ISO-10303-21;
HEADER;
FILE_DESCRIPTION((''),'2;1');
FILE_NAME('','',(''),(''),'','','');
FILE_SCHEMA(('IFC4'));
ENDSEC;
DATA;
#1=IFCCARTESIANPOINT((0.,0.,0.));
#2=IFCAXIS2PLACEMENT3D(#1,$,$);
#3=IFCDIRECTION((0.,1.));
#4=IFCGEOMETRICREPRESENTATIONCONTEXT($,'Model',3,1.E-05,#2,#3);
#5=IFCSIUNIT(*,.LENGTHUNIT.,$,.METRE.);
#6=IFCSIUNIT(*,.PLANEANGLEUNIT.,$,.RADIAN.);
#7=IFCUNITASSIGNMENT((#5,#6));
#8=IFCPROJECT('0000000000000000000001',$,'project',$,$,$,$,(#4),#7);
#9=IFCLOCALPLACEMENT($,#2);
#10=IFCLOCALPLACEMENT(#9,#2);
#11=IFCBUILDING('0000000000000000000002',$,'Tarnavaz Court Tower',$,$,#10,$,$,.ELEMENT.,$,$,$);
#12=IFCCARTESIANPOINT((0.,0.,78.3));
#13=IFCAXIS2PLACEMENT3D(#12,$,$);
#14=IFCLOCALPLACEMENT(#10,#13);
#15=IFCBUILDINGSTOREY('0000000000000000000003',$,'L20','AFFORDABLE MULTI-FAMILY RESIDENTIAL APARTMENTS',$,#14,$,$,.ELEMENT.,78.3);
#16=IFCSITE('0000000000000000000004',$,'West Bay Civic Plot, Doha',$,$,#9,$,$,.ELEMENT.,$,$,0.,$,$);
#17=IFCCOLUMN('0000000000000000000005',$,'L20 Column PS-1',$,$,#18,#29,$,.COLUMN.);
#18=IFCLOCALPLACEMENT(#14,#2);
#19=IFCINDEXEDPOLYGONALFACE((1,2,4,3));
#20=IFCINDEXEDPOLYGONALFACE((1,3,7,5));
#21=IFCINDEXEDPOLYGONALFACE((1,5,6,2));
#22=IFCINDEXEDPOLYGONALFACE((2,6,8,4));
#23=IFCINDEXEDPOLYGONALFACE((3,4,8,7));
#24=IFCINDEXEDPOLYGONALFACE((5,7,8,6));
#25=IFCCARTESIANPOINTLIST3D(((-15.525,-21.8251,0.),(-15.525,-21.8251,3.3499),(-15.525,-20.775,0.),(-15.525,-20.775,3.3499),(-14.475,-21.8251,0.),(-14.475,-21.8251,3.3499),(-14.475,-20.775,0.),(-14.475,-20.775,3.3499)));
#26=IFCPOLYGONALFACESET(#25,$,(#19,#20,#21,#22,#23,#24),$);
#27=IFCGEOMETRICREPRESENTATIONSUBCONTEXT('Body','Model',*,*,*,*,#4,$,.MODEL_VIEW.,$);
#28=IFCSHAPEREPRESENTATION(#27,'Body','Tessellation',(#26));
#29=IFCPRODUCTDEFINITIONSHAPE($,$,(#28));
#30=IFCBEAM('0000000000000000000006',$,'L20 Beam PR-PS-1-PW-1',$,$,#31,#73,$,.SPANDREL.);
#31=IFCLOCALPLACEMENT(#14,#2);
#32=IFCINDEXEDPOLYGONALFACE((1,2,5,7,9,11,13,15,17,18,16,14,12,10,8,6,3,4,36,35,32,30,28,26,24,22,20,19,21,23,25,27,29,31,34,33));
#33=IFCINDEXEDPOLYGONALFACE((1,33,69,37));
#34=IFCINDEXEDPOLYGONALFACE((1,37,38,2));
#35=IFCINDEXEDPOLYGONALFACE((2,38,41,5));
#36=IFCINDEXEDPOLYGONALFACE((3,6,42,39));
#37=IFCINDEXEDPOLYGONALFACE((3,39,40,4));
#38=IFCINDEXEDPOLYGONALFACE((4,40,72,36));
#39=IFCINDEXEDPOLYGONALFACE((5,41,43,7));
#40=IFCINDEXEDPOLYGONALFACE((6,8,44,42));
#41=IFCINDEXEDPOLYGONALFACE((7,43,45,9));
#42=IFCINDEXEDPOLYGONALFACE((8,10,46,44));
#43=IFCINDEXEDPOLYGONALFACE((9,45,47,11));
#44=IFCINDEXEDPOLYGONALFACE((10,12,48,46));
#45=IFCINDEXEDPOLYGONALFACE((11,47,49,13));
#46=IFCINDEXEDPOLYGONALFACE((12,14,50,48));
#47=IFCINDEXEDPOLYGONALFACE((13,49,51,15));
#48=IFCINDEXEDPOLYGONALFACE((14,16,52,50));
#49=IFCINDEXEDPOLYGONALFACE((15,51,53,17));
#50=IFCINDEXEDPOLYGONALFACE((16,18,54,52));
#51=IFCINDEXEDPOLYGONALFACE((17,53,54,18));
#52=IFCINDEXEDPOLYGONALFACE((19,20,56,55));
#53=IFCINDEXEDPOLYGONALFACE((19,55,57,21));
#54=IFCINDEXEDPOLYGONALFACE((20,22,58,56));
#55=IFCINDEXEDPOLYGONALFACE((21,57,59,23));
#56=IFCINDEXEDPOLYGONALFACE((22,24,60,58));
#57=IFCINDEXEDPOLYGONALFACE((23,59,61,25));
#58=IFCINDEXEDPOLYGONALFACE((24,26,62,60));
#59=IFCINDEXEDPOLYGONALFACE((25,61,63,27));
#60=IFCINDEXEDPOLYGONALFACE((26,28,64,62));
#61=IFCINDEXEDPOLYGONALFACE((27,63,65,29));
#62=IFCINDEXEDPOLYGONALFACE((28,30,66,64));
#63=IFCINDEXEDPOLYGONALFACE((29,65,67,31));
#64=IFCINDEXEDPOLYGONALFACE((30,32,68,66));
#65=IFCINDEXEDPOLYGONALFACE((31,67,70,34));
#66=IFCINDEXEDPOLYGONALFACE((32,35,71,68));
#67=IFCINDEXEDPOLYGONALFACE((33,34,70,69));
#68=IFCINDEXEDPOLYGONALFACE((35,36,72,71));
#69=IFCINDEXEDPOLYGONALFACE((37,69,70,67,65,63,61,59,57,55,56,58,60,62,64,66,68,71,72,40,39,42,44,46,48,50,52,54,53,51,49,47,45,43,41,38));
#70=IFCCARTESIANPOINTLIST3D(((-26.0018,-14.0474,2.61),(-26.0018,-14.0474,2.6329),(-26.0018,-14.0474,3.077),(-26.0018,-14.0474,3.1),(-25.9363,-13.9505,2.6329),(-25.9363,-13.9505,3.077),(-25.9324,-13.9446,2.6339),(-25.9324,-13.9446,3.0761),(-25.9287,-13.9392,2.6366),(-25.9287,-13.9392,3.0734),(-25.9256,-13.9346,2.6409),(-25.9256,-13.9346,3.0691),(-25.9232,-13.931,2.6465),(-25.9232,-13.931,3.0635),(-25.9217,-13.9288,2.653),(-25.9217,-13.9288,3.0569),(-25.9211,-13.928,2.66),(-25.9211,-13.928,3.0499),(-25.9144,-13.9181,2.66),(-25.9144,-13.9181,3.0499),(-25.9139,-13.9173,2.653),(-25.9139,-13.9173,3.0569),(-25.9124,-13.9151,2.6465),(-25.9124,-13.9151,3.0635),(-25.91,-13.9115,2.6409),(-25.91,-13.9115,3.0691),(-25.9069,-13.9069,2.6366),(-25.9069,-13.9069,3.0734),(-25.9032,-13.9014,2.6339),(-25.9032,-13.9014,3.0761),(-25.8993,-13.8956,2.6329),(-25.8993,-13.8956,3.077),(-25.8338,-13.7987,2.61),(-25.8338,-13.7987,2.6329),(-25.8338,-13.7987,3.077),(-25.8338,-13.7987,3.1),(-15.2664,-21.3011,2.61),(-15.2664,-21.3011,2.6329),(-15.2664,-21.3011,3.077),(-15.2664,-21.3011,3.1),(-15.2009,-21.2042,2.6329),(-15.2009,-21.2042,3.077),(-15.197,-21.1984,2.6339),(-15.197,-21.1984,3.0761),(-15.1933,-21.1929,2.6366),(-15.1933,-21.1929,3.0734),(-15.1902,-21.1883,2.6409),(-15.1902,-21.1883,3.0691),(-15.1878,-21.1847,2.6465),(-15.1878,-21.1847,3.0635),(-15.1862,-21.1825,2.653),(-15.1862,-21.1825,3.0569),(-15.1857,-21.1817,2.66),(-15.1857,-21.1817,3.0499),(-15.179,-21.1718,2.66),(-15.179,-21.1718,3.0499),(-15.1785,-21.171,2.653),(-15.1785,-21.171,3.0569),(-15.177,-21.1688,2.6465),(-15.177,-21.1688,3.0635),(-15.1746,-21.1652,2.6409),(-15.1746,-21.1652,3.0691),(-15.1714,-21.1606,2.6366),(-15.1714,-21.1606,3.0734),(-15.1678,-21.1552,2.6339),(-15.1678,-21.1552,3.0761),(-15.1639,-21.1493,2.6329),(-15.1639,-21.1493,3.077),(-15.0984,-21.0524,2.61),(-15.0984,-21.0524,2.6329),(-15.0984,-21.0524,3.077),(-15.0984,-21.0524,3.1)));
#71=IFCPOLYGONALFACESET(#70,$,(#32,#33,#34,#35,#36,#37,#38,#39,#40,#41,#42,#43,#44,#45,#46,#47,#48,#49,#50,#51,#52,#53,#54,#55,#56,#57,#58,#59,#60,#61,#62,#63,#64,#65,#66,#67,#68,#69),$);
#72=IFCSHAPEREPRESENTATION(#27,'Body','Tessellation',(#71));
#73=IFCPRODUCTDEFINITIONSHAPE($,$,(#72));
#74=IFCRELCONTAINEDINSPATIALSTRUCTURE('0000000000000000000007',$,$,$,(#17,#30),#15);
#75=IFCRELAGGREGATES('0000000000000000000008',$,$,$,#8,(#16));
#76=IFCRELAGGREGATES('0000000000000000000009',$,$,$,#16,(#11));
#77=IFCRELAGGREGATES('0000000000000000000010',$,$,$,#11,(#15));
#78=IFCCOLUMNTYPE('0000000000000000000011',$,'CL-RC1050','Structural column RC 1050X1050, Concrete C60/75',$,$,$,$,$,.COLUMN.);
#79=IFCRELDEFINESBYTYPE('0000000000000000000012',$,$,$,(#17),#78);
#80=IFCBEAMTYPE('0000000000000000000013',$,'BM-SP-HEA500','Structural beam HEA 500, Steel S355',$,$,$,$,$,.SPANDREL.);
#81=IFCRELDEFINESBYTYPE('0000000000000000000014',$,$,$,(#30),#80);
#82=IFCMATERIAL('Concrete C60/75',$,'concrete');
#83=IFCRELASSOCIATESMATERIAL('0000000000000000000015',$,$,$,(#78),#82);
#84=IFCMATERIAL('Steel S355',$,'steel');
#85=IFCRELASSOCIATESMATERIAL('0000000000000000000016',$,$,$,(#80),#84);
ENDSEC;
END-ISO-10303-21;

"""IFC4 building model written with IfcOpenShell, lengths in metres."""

from ifc_helpers import new_model, si_unit, direction, frame, origin, origin_2d, place, context, subcontext, project, spatial, rectangle, i_section, extrude, material, material_profile, profile_set, type_object, element, save


model = new_model("IFC4")

# Units and contexts
model_context = context("Model", 3, precision=1e-05, world=origin(), true_north=direction((0.0, 1.0)))
body_context = subcontext(model_context, "Body", "Model", "MODEL_VIEW")
ifc_project = project(units=[si_unit("LENGTHUNIT", "METRE"), si_unit("PLANEANGLEUNIT", "RADIAN")], contexts=[model_context])

# Site, building, storey
site_placement = place(None, origin())
site = spatial("IfcSite", under=ifc_project, at=site_placement, Name="West Bay Civic Plot, Doha", CompositionType="ELEMENT", RefElevation=0.0)
building_placement = place(site_placement, origin())
building = spatial("IfcBuilding", under=site, at=building_placement, Name="Tarnavaz Court Tower", CompositionType="ELEMENT")
storey_placement = place(building_placement, frame((0.0, 0.0, 78.3)))
storey = spatial("IfcBuildingStorey", under=building, at=storey_placement, Name="L20", Description="AFFORDABLE MULTI-FAMILY RESIDENTIAL APARTMENTS", CompositionType="ELEMENT", Elevation=78.3)

# Column
ifc_material_1 = material(Name="Concrete C60/75", Category="concrete")
ifc_material_profile_1 = material_profile(ifc_material_1, rectangle(XDim=1.05, YDim=1.05, at=origin_2d()), Name="RC 1050X1050")
ifc_profile_set_1 = profile_set([ifc_material_profile_1], Name="Concrete C60/75")
column_type = type_object("IfcColumnType", Name="CL-RC1050", Description="Structural column RC 1050X1050, Concrete C60/75", PredefinedType="COLUMN", material=ifc_profile_set_1)
column_placement = place(storey_placement, frame((-15.0, -21.3, 0.0), z_axis=(0.0, 0.0, 1.0), x_axis=(1.0, 0.0, 0.0)))
element("IfcColumn", 1, at=column_placement, inside=storey, type_object=column_type, Name="L20 Column PS-1", PredefinedType="COLUMN", context=body_context, shape_type="SweptSolid", body=[
    extrude(rectangle(XDim=1.05, YDim=1.05, at=origin_2d()), origin(), (0.0, 0.0, 1.0), 3.3499),
])

# Beam
ifc_material_2 = material(Name="Steel S355", Category="steel")
ifc_material_profile_2 = material_profile(ifc_material_2, i_section(OverallWidth=0.3, OverallDepth=0.49, WebThickness=0.012, FlangeThickness=0.0229, FilletRadius=0.0271, at=origin_2d()), Name="HEA 500")
ifc_profile_set_2 = profile_set([ifc_material_profile_2], Name="Steel S355")
beam_type = type_object("IfcBeamType", Name="BM-SP-HEA500", Description="Structural beam HEA 500, Steel S355", PredefinedType="SPANDREL", material=ifc_profile_set_2)
beam_placement = place(storey_placement, frame((-15.1824, -21.1768, 2.855), z_axis=(-0.828587, 0.55986, 0.0), x_axis=(-0.55986, -0.828587, 0.0)))
element("IfcBeam", 2, at=beam_placement, inside=storey, type_object=beam_type, Name="L20 Beam PR-PS-1-PW-1", PredefinedType="SPANDREL", context=body_context, shape_type="SweptSolid", body=[
    extrude(i_section(OverallWidth=0.3, OverallDepth=0.49, WebThickness=0.012, FlangeThickness=0.0229, FilletRadius=0.0271, at=origin_2d()), origin(), (0.0, 0.0, 1.0), 12.9563),
])

save(model, "model.ifc")
